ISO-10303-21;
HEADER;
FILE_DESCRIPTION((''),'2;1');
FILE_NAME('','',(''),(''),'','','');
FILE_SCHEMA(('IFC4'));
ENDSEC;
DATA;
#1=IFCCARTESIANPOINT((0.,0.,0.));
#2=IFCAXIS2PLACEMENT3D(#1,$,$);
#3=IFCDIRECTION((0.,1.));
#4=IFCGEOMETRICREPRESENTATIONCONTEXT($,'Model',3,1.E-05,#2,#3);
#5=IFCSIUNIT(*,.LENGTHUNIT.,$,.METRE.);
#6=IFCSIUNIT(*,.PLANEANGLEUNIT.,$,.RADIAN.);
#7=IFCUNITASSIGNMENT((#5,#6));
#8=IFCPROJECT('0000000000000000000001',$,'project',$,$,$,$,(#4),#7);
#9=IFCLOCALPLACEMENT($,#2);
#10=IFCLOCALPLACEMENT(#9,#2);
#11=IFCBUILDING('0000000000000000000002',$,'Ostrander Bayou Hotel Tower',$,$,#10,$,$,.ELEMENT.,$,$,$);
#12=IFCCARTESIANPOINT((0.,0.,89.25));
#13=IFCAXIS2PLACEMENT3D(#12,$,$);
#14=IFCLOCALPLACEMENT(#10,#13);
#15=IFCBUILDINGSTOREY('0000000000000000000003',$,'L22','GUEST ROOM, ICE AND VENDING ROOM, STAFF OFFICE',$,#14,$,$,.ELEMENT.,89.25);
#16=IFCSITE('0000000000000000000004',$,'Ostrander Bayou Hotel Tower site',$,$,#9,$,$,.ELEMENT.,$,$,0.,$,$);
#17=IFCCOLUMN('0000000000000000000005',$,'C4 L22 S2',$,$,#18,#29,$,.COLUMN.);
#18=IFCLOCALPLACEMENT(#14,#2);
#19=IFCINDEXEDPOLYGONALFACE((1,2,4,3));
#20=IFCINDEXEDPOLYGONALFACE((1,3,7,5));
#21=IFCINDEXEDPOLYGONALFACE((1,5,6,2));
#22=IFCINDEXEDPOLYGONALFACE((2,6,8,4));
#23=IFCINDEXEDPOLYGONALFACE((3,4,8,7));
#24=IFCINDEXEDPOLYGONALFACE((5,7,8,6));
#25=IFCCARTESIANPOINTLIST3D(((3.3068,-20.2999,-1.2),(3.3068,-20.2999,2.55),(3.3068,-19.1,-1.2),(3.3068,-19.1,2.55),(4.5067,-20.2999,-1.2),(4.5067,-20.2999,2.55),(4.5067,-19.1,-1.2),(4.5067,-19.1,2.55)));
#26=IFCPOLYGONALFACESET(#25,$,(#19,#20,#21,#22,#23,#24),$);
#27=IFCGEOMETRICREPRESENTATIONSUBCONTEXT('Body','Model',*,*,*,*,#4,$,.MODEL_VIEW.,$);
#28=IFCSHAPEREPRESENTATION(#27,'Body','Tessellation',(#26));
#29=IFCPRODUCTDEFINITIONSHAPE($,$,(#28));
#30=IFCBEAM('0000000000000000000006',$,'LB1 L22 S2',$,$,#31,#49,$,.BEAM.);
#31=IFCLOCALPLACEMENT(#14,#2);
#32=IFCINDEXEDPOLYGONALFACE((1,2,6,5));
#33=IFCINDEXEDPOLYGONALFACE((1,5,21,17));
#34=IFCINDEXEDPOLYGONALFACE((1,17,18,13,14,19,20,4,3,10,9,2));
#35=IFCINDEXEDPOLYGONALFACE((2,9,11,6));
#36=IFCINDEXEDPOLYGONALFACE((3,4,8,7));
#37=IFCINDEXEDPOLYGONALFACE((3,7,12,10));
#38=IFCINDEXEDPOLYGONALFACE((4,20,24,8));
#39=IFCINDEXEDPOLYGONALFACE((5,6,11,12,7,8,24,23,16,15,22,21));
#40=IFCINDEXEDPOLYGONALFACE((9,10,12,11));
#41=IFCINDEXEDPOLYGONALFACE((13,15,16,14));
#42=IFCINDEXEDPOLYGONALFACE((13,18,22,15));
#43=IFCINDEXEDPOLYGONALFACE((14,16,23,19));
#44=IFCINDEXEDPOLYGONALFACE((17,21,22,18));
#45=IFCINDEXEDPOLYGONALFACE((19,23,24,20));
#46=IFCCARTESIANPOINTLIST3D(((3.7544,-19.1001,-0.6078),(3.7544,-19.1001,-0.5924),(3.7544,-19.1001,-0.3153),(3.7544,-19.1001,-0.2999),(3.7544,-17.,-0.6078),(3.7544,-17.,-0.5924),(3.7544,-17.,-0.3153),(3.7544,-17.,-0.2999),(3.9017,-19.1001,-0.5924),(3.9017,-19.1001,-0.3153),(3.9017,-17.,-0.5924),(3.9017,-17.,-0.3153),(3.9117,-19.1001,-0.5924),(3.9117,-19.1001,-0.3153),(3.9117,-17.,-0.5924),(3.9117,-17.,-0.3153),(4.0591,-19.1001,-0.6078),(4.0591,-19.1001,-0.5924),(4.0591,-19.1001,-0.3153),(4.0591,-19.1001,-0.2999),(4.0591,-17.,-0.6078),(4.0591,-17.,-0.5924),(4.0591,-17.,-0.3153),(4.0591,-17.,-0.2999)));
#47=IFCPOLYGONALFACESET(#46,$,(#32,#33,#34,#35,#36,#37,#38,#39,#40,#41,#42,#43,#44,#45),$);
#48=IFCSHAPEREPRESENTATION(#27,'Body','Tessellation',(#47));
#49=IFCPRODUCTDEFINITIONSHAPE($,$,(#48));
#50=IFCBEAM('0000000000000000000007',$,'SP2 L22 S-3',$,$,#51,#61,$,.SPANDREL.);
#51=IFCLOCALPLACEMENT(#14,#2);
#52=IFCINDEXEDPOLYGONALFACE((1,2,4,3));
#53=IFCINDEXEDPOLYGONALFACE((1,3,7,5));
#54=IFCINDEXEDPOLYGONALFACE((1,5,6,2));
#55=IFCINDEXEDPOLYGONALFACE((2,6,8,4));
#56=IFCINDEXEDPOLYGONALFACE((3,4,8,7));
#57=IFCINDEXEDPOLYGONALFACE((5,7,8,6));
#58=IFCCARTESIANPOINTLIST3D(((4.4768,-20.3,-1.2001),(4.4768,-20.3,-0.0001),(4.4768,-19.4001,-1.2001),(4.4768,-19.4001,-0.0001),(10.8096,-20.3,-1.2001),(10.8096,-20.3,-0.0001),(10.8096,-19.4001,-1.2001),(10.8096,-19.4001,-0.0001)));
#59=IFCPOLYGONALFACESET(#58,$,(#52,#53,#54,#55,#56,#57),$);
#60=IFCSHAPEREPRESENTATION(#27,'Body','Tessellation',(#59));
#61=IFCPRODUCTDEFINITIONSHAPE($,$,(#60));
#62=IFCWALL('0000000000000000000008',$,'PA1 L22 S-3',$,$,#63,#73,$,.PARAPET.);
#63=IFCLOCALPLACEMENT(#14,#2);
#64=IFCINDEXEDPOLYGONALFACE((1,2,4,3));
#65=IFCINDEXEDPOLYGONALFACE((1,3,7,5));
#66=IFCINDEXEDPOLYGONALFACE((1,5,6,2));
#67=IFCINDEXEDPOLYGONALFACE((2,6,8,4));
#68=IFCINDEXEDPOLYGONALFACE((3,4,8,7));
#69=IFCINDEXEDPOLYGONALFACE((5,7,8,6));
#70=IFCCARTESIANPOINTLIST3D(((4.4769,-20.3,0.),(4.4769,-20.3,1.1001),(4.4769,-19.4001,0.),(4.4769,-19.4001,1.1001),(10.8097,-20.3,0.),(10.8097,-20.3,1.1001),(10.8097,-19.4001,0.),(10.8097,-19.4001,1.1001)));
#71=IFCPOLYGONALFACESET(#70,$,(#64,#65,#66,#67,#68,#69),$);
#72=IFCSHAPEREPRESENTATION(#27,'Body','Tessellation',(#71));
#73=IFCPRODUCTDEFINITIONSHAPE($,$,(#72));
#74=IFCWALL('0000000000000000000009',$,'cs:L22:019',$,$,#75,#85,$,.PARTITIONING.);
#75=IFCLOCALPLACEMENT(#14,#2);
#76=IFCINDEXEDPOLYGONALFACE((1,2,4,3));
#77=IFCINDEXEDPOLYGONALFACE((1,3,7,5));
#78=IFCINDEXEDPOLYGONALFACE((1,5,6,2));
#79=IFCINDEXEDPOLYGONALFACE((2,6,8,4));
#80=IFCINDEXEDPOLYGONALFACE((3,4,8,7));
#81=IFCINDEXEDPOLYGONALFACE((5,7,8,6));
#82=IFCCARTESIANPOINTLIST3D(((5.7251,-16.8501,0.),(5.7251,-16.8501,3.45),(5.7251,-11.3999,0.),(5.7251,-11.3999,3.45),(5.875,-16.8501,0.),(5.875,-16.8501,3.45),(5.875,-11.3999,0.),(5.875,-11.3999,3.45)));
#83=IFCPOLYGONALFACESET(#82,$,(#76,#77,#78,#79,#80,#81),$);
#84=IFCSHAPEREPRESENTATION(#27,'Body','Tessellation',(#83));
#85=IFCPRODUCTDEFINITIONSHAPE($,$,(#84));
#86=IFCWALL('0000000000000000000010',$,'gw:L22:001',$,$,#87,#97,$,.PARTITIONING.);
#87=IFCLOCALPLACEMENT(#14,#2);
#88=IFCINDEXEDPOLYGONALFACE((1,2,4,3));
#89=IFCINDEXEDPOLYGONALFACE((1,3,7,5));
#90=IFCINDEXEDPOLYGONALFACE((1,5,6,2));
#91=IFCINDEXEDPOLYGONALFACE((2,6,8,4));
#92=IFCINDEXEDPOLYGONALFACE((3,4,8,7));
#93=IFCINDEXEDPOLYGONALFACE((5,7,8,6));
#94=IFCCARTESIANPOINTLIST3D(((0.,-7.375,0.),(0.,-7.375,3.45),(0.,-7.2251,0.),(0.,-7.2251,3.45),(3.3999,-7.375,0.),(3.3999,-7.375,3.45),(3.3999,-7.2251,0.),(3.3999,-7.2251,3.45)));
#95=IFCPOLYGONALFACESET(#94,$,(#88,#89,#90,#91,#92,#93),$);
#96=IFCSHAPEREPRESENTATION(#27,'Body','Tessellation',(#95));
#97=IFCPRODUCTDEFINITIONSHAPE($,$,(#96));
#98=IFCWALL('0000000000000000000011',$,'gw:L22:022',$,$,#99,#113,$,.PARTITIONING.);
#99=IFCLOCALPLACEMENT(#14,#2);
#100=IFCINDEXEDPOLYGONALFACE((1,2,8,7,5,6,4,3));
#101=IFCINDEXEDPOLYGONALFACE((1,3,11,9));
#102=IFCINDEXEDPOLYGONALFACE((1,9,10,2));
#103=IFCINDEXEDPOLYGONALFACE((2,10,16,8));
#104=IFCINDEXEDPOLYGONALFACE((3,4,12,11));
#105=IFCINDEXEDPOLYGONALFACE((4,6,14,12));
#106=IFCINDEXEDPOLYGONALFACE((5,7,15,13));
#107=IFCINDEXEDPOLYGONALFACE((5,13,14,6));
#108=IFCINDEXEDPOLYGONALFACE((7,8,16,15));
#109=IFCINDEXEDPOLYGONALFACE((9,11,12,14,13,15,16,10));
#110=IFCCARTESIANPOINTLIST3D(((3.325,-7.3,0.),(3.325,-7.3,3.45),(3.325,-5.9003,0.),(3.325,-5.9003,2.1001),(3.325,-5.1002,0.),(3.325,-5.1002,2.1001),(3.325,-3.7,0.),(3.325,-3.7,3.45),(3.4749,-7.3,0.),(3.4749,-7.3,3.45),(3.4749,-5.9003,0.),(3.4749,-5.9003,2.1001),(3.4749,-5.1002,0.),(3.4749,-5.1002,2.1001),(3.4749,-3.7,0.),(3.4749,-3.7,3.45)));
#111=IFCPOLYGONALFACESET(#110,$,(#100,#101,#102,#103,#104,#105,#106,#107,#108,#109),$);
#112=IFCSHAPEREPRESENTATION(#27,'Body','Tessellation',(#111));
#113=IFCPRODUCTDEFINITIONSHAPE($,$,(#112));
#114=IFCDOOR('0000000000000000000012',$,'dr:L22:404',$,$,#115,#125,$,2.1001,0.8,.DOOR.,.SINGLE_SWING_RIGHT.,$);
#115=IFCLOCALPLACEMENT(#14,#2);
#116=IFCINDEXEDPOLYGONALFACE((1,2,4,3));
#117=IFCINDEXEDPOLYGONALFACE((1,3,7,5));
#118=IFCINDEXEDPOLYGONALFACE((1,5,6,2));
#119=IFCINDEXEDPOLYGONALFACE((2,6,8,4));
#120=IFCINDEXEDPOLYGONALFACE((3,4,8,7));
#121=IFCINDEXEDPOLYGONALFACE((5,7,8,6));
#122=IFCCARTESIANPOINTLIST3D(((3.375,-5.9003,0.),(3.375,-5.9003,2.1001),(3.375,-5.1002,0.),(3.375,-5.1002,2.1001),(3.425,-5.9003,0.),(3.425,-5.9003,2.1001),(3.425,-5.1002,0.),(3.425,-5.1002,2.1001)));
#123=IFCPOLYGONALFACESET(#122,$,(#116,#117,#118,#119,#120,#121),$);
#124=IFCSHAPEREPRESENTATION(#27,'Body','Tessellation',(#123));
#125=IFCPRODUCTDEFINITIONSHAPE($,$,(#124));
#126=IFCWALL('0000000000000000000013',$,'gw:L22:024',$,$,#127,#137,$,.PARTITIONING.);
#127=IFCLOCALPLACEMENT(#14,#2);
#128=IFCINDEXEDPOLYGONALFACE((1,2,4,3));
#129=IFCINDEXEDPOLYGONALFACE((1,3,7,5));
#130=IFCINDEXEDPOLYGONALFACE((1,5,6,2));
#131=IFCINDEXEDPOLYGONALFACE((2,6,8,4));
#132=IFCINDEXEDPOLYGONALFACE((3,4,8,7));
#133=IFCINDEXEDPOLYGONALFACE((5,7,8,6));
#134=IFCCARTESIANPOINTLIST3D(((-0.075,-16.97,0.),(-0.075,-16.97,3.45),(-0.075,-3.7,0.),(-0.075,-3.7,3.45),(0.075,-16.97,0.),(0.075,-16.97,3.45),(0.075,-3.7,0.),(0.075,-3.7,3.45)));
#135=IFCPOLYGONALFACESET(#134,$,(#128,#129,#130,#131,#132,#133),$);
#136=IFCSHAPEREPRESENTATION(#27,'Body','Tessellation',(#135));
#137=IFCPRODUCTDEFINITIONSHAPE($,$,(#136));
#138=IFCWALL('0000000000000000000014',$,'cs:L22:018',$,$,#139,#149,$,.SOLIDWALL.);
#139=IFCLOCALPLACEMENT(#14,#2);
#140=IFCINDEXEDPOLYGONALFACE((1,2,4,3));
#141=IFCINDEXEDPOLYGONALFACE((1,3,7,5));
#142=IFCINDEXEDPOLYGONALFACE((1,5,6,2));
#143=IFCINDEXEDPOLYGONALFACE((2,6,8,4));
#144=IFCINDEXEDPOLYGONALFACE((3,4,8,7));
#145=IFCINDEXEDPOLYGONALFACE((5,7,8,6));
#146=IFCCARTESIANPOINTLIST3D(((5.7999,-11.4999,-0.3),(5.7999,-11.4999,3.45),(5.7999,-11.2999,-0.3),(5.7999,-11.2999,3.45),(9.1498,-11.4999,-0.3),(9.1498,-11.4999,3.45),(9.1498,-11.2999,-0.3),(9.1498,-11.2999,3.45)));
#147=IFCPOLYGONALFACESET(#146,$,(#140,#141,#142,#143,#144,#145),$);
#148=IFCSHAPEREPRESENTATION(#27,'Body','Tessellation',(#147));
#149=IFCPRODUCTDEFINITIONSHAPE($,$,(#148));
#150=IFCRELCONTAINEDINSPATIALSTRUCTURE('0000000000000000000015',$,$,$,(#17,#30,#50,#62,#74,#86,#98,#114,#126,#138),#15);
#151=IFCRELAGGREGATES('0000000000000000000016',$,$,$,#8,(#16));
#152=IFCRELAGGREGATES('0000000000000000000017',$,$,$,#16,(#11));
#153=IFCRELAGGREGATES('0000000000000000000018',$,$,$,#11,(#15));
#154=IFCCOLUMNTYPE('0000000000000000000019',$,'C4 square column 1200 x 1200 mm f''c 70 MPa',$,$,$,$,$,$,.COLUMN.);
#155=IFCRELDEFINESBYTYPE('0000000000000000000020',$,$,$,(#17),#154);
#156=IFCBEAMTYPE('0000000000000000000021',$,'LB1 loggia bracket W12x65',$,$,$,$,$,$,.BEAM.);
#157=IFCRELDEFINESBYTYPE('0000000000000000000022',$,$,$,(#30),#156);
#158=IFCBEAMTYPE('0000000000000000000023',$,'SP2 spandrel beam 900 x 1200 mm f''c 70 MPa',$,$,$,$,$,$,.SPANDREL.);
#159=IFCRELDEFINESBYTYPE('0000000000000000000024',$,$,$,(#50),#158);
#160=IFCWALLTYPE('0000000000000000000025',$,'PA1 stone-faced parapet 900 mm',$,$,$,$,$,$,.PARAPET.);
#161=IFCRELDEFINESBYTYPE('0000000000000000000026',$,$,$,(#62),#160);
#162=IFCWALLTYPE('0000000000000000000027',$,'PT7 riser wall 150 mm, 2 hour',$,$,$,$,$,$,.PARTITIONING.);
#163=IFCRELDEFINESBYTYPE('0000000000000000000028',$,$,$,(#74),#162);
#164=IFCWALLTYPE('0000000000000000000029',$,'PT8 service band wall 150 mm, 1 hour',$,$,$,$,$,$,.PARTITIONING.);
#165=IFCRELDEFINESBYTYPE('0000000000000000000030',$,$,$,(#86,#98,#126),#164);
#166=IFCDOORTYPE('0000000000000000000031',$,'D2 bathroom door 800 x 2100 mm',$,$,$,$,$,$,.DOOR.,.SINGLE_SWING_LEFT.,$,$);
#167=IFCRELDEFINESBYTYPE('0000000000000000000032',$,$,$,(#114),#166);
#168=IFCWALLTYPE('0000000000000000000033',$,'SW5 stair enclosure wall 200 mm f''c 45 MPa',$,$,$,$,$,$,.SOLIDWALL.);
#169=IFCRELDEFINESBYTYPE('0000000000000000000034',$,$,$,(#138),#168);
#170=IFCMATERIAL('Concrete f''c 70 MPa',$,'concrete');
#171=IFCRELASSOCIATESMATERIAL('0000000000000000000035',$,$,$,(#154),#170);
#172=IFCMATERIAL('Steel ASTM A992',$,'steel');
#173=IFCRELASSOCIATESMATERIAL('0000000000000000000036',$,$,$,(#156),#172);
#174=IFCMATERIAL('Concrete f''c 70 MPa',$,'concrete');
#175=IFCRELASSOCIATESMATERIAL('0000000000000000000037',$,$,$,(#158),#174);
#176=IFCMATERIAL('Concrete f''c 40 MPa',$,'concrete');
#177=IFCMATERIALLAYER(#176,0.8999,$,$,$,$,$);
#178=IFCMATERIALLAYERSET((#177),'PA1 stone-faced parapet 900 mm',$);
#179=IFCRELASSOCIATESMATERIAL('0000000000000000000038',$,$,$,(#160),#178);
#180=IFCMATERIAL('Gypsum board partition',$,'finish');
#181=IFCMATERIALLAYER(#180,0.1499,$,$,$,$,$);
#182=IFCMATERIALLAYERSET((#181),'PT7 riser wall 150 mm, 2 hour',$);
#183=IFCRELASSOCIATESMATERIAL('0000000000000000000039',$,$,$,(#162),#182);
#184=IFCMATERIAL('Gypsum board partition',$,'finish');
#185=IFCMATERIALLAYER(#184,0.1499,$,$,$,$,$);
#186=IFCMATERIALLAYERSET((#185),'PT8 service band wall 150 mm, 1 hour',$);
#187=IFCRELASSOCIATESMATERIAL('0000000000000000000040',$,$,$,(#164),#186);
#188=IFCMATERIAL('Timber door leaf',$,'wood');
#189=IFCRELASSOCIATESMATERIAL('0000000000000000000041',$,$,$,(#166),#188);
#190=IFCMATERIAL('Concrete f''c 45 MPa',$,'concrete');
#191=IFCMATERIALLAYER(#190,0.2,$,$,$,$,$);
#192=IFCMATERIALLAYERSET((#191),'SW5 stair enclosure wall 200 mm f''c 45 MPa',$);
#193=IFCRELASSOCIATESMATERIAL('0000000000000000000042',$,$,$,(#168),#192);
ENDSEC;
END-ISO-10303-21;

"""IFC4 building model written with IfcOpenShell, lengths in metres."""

from ifc_helpers import new_model, si_unit, direction, frame, frame_2d, origin, origin_2d, place, context, subcontext, project, spatial, rectangle, i_section, extrude, material, layer, layer_set, material_profile, profile_set, type_object, element, fill, save


model = new_model("IFC4")

# Units and contexts
model_context = context("Model", 3, precision=1e-05, world=origin(), true_north=direction((0.0, 1.0)))
body_context = subcontext(model_context, "Body", "Model", "MODEL_VIEW")
ifc_project = project(units=[si_unit("LENGTHUNIT", "METRE"), si_unit("PLANEANGLEUNIT", "RADIAN")], contexts=[model_context])

# Site, building, storey
site_placement = place(None, origin())
site = spatial("IfcSite", under=ifc_project, at=site_placement, Name="Ostrander Bayou Hotel Tower site", CompositionType="ELEMENT", RefElevation=0.0)
building_placement = place(site_placement, origin())
building = spatial("IfcBuilding", under=site, at=building_placement, Name="Ostrander Bayou Hotel Tower", CompositionType="ELEMENT")
storey_placement = place(building_placement, frame((0.0, 0.0, 89.25)))
storey = spatial("IfcBuildingStorey", under=building, at=storey_placement, Name="L22", Description="GUEST ROOM, ICE AND VENDING ROOM, STAFF OFFICE", CompositionType="ELEMENT", Elevation=89.25)

# Column
ifc_material_1 = material(Name="Concrete f'c 70 MPa", Category="concrete")
ifc_material_profile_1 = material_profile(ifc_material_1, rectangle(XDim=1.2, YDim=1.2, at=origin_2d()))
ifc_profile_set_1 = profile_set([ifc_material_profile_1], Name="Concrete f'c 70 MPa")
column_type = type_object("IfcColumnType", Name="C4 square column 1200 x 1200 mm f'c 70 MPa", PredefinedType="COLUMN", material=ifc_profile_set_1)
column_placement = place(storey_placement, frame((3.9067, -19.7, -1.2), z_axis=(0.0, 0.0, 1.0), x_axis=(-1.0, 0.0, 0.0)))
element("IfcColumn", 1, at=column_placement, inside=storey, type_object=column_type, Name="C4 L22 S2", PredefinedType="COLUMN", context=body_context, shape_type="SweptSolid", body=[
    extrude(rectangle(XDim=1.2, YDim=1.2, at=origin_2d()), origin(), (0.0, 0.0, 1.0), 3.75),
])

# Beams
ifc_material_2 = material(Name="Steel ASTM A992", Category="steel")
ifc_material_profile_2 = material_profile(ifc_material_2, i_section(OverallWidth=0.3047, OverallDepth=0.3079, WebThickness=0.01, FlangeThickness=0.0154, at=origin_2d()))
ifc_profile_set_2 = profile_set([ifc_material_profile_2], Name="Steel ASTM A992")
beam_type_1 = type_object("IfcBeamType", Name="LB1 loggia bracket W12x65", PredefinedType="BEAM", material=ifc_profile_set_2)
beam_1_placement = place(storey_placement, frame((3.9067, -19.1001, -0.4539), z_axis=(0.0, 1.0, 0.0), x_axis=(-1.0, 0.0, 0.0)))
element("IfcBeam", 2, at=beam_1_placement, inside=storey, type_object=beam_type_1, Name="LB1 L22 S2", PredefinedType="BEAM", context=body_context, shape_type="SweptSolid", body=[
    extrude(i_section(OverallWidth=0.3047, OverallDepth=0.3079, WebThickness=0.01, FlangeThickness=0.0154, at=origin_2d()), origin(), (0.0, 0.0, 1.0), 2.1001),
])
ifc_material_3 = material(Name="Concrete f'c 70 MPa", Category="concrete")
ifc_material_profile_3 = material_profile(ifc_material_3, rectangle(XDim=0.8999, YDim=1.2, at=origin_2d()))
ifc_profile_set_3 = profile_set([ifc_material_profile_3], Name="Concrete f'c 70 MPa")
beam_type_2 = type_object("IfcBeamType", Name="SP2 spandrel beam 900 x 1200 mm f'c 70 MPa", PredefinedType="SPANDREL", material=ifc_profile_set_3)
beam_2_placement = place(storey_placement, frame((4.4768, -19.8501, -0.6001), z_axis=(1.0, 0.0, 0.0), x_axis=(0.0, 1.0, 0.0)))
element("IfcBeam", 3, at=beam_2_placement, inside=storey, type_object=beam_type_2, Name="SP2 L22 S-3", PredefinedType="SPANDREL", context=body_context, shape_type="SweptSolid", body=[
    extrude(rectangle(XDim=0.8999, YDim=1.2, at=origin_2d()), origin(), (0.0, 0.0, 1.0), 6.3328),
])

# Walls
ifc_material_4 = material(Name="Concrete f'c 40 MPa", Category="concrete")
ifc_layer_1 = layer(ifc_material_4, 0.8999)
ifc_layer_set_1 = layer_set([ifc_layer_1], Name="PA1 stone-faced parapet 900 mm")
wall_type_1 = type_object("IfcWallType", Name="PA1 stone-faced parapet 900 mm", PredefinedType="PARAPET", material=ifc_layer_set_1)
wall_1_placement = place(storey_placement, frame((4.4768, -19.8501, 0.0), z_axis=(0.0, 0.0, 1.0), x_axis=(1.0, 0.0, 0.0)))
element("IfcWall", 4, at=wall_1_placement, inside=storey, type_object=wall_type_1, Name="PA1 L22 S-3", PredefinedType="PARAPET", context=body_context, shape_type="SweptSolid", body=[
    extrude(rectangle(XDim=6.3328, YDim=0.8999, at=frame_2d((3.1665, 0.0))), origin(), (0.0, 0.0, 1.0), 1.1001),
])
ifc_material_5 = material(Name="Gypsum board partition", Category="finish")
ifc_layer_2 = layer(ifc_material_5, 0.1499)
ifc_layer_set_2 = layer_set([ifc_layer_2], Name="PT7 riser wall 150 mm, 2 hour")
wall_type_2 = type_object("IfcWallType", Name="PT7 riser wall 150 mm, 2 hour", PredefinedType="PARTITIONING", material=ifc_layer_set_2)
wall_2_placement = place(storey_placement, frame((5.8, -11.3999, 0.0), z_axis=(0.0, 0.0, 1.0), x_axis=(0.0, -1.0, 0.0)))
element("IfcWall", 5, at=wall_2_placement, inside=storey, type_object=wall_type_2, Name="cs:L22:019", PredefinedType="PARTITIONING", context=body_context, shape_type="SweptSolid", body=[
    extrude(rectangle(XDim=5.4502, YDim=0.1499, at=frame_2d((2.7251, 0.0))), origin(), (0.0, 0.0, 1.0), 3.45),
])
ifc_material_6 = material(Name="Gypsum board partition", Category="finish")
ifc_layer_3 = layer(ifc_material_6, 0.1499)
ifc_layer_set_3 = layer_set([ifc_layer_3], Name="PT8 service band wall 150 mm, 1 hour")
wall_type_3 = type_object("IfcWallType", Name="PT8 service band wall 150 mm, 1 hour", PredefinedType="PARTITIONING", material=ifc_layer_set_3)
wall_3_placement = place(storey_placement, frame((0.0, -7.3, 0.0), z_axis=(0.0, 0.0, 1.0), x_axis=(1.0, 0.0, 0.0)))
element("IfcWall", 6, at=wall_3_placement, inside=storey, type_object=wall_type_3, Name="gw:L22:001", PredefinedType="PARTITIONING", context=body_context, shape_type="SweptSolid", body=[
    extrude(rectangle(XDim=3.3999, YDim=0.1499, at=frame_2d((1.7, 0.0))), origin(), (0.0, 0.0, 1.0), 3.45),
])

# Wall, opening, door
wall_4_placement = place(storey_placement, frame((3.3999, -7.3, 0.0), z_axis=(0.0, 0.0, 1.0), x_axis=(0.0, 1.0, 0.0)))
wall_4 = element("IfcWall", 7, at=wall_4_placement, inside=storey, type_object=wall_type_3, Name="gw:L22:022", PredefinedType="PARTITIONING", context=body_context, shape_type="SweptSolid", body=[
    extrude(rectangle(XDim=3.6001, YDim=0.1499, at=frame_2d((1.8, 0.0))), origin(), (0.0, 0.0, 1.0), 3.45),
])
opening_placement = place(wall_4_placement, frame((1.3999, 0.0, 0.0)))
opening = element("IfcOpeningElement", 8, at=opening_placement, cuts=wall_4, PredefinedType="OPENING", context=body_context, shape_type="SweptSolid", body=[
    extrude(rectangle(XDim=0.8, YDim=2.1001, at=frame_2d((0.3999, 1.05))), frame((0.0, 0.075, 0.0), z_axis=(0.0, -1.0, 0.0), x_axis=(1.0, 0.0, 0.0)), (0.0, 0.0, 1.0), 0.1499),
])
ifc_material_7 = material(Name="Timber door leaf", Category="wood")
door_type = type_object("IfcDoorType", Name="D2 bathroom door 800 x 2100 mm", OperationType="SINGLE_SWING_LEFT", PredefinedType="DOOR", material=ifc_material_7)
door_placement = place(opening_placement, origin())
door = element("IfcDoor", 9, at=door_placement, inside=storey, type_object=door_type, Name="dr:L22:404", OperationType="SINGLE_SWING_RIGHT", OverallHeight=2.1001, OverallWidth=0.8, PredefinedType="DOOR", context=body_context, shape_type="SweptSolid", body=[
    extrude(rectangle(XDim=0.8, YDim=2.1001, at=frame_2d((0.3999, 1.05))), frame((0.0, 0.0249, 0.0), z_axis=(0.0, -1.0, 0.0), x_axis=(1.0, 0.0, 0.0)), (0.0, 0.0, 1.0), 0.05),
])
fill(opening, door)

# Walls
wall_5_placement = place(storey_placement, frame((0.0, -16.97, 0.0), z_axis=(0.0, 0.0, 1.0), x_axis=(0.0, 1.0, 0.0)))
element("IfcWall", 10, at=wall_5_placement, inside=storey, type_object=wall_type_3, Name="gw:L22:024", PredefinedType="PARTITIONING", context=body_context, shape_type="SweptSolid", body=[
    extrude(rectangle(XDim=13.27, YDim=0.1499, at=frame_2d((6.635, 0.0))), origin(), (0.0, 0.0, 1.0), 3.45),
])
ifc_material_8 = material(Name="Concrete f'c 45 MPa", Category="concrete")
ifc_layer_4 = layer(ifc_material_8, 0.2)
ifc_layer_set_4 = layer_set([ifc_layer_4], Name="SW5 stair enclosure wall 200 mm f'c 45 MPa")
wall_type_4 = type_object("IfcWallType", Name="SW5 stair enclosure wall 200 mm f'c 45 MPa", PredefinedType="SOLIDWALL", material=ifc_layer_set_4)
wall_6_placement = place(storey_placement, frame((5.8, -11.3999, -0.3), z_axis=(0.0, 0.0, 1.0), x_axis=(1.0, 0.0, 0.0)))
element("IfcWall", 11, at=wall_6_placement, inside=storey, type_object=wall_type_4, Name="cs:L22:018", PredefinedType="SOLIDWALL", context=body_context, shape_type="SweptSolid", body=[
    extrude(rectangle(XDim=3.3499, YDim=0.2, at=frame_2d((1.6748, 0.0))), origin(), (0.0, 0.0, 1.0), 3.75),
])

save(model, "model.ifc")
